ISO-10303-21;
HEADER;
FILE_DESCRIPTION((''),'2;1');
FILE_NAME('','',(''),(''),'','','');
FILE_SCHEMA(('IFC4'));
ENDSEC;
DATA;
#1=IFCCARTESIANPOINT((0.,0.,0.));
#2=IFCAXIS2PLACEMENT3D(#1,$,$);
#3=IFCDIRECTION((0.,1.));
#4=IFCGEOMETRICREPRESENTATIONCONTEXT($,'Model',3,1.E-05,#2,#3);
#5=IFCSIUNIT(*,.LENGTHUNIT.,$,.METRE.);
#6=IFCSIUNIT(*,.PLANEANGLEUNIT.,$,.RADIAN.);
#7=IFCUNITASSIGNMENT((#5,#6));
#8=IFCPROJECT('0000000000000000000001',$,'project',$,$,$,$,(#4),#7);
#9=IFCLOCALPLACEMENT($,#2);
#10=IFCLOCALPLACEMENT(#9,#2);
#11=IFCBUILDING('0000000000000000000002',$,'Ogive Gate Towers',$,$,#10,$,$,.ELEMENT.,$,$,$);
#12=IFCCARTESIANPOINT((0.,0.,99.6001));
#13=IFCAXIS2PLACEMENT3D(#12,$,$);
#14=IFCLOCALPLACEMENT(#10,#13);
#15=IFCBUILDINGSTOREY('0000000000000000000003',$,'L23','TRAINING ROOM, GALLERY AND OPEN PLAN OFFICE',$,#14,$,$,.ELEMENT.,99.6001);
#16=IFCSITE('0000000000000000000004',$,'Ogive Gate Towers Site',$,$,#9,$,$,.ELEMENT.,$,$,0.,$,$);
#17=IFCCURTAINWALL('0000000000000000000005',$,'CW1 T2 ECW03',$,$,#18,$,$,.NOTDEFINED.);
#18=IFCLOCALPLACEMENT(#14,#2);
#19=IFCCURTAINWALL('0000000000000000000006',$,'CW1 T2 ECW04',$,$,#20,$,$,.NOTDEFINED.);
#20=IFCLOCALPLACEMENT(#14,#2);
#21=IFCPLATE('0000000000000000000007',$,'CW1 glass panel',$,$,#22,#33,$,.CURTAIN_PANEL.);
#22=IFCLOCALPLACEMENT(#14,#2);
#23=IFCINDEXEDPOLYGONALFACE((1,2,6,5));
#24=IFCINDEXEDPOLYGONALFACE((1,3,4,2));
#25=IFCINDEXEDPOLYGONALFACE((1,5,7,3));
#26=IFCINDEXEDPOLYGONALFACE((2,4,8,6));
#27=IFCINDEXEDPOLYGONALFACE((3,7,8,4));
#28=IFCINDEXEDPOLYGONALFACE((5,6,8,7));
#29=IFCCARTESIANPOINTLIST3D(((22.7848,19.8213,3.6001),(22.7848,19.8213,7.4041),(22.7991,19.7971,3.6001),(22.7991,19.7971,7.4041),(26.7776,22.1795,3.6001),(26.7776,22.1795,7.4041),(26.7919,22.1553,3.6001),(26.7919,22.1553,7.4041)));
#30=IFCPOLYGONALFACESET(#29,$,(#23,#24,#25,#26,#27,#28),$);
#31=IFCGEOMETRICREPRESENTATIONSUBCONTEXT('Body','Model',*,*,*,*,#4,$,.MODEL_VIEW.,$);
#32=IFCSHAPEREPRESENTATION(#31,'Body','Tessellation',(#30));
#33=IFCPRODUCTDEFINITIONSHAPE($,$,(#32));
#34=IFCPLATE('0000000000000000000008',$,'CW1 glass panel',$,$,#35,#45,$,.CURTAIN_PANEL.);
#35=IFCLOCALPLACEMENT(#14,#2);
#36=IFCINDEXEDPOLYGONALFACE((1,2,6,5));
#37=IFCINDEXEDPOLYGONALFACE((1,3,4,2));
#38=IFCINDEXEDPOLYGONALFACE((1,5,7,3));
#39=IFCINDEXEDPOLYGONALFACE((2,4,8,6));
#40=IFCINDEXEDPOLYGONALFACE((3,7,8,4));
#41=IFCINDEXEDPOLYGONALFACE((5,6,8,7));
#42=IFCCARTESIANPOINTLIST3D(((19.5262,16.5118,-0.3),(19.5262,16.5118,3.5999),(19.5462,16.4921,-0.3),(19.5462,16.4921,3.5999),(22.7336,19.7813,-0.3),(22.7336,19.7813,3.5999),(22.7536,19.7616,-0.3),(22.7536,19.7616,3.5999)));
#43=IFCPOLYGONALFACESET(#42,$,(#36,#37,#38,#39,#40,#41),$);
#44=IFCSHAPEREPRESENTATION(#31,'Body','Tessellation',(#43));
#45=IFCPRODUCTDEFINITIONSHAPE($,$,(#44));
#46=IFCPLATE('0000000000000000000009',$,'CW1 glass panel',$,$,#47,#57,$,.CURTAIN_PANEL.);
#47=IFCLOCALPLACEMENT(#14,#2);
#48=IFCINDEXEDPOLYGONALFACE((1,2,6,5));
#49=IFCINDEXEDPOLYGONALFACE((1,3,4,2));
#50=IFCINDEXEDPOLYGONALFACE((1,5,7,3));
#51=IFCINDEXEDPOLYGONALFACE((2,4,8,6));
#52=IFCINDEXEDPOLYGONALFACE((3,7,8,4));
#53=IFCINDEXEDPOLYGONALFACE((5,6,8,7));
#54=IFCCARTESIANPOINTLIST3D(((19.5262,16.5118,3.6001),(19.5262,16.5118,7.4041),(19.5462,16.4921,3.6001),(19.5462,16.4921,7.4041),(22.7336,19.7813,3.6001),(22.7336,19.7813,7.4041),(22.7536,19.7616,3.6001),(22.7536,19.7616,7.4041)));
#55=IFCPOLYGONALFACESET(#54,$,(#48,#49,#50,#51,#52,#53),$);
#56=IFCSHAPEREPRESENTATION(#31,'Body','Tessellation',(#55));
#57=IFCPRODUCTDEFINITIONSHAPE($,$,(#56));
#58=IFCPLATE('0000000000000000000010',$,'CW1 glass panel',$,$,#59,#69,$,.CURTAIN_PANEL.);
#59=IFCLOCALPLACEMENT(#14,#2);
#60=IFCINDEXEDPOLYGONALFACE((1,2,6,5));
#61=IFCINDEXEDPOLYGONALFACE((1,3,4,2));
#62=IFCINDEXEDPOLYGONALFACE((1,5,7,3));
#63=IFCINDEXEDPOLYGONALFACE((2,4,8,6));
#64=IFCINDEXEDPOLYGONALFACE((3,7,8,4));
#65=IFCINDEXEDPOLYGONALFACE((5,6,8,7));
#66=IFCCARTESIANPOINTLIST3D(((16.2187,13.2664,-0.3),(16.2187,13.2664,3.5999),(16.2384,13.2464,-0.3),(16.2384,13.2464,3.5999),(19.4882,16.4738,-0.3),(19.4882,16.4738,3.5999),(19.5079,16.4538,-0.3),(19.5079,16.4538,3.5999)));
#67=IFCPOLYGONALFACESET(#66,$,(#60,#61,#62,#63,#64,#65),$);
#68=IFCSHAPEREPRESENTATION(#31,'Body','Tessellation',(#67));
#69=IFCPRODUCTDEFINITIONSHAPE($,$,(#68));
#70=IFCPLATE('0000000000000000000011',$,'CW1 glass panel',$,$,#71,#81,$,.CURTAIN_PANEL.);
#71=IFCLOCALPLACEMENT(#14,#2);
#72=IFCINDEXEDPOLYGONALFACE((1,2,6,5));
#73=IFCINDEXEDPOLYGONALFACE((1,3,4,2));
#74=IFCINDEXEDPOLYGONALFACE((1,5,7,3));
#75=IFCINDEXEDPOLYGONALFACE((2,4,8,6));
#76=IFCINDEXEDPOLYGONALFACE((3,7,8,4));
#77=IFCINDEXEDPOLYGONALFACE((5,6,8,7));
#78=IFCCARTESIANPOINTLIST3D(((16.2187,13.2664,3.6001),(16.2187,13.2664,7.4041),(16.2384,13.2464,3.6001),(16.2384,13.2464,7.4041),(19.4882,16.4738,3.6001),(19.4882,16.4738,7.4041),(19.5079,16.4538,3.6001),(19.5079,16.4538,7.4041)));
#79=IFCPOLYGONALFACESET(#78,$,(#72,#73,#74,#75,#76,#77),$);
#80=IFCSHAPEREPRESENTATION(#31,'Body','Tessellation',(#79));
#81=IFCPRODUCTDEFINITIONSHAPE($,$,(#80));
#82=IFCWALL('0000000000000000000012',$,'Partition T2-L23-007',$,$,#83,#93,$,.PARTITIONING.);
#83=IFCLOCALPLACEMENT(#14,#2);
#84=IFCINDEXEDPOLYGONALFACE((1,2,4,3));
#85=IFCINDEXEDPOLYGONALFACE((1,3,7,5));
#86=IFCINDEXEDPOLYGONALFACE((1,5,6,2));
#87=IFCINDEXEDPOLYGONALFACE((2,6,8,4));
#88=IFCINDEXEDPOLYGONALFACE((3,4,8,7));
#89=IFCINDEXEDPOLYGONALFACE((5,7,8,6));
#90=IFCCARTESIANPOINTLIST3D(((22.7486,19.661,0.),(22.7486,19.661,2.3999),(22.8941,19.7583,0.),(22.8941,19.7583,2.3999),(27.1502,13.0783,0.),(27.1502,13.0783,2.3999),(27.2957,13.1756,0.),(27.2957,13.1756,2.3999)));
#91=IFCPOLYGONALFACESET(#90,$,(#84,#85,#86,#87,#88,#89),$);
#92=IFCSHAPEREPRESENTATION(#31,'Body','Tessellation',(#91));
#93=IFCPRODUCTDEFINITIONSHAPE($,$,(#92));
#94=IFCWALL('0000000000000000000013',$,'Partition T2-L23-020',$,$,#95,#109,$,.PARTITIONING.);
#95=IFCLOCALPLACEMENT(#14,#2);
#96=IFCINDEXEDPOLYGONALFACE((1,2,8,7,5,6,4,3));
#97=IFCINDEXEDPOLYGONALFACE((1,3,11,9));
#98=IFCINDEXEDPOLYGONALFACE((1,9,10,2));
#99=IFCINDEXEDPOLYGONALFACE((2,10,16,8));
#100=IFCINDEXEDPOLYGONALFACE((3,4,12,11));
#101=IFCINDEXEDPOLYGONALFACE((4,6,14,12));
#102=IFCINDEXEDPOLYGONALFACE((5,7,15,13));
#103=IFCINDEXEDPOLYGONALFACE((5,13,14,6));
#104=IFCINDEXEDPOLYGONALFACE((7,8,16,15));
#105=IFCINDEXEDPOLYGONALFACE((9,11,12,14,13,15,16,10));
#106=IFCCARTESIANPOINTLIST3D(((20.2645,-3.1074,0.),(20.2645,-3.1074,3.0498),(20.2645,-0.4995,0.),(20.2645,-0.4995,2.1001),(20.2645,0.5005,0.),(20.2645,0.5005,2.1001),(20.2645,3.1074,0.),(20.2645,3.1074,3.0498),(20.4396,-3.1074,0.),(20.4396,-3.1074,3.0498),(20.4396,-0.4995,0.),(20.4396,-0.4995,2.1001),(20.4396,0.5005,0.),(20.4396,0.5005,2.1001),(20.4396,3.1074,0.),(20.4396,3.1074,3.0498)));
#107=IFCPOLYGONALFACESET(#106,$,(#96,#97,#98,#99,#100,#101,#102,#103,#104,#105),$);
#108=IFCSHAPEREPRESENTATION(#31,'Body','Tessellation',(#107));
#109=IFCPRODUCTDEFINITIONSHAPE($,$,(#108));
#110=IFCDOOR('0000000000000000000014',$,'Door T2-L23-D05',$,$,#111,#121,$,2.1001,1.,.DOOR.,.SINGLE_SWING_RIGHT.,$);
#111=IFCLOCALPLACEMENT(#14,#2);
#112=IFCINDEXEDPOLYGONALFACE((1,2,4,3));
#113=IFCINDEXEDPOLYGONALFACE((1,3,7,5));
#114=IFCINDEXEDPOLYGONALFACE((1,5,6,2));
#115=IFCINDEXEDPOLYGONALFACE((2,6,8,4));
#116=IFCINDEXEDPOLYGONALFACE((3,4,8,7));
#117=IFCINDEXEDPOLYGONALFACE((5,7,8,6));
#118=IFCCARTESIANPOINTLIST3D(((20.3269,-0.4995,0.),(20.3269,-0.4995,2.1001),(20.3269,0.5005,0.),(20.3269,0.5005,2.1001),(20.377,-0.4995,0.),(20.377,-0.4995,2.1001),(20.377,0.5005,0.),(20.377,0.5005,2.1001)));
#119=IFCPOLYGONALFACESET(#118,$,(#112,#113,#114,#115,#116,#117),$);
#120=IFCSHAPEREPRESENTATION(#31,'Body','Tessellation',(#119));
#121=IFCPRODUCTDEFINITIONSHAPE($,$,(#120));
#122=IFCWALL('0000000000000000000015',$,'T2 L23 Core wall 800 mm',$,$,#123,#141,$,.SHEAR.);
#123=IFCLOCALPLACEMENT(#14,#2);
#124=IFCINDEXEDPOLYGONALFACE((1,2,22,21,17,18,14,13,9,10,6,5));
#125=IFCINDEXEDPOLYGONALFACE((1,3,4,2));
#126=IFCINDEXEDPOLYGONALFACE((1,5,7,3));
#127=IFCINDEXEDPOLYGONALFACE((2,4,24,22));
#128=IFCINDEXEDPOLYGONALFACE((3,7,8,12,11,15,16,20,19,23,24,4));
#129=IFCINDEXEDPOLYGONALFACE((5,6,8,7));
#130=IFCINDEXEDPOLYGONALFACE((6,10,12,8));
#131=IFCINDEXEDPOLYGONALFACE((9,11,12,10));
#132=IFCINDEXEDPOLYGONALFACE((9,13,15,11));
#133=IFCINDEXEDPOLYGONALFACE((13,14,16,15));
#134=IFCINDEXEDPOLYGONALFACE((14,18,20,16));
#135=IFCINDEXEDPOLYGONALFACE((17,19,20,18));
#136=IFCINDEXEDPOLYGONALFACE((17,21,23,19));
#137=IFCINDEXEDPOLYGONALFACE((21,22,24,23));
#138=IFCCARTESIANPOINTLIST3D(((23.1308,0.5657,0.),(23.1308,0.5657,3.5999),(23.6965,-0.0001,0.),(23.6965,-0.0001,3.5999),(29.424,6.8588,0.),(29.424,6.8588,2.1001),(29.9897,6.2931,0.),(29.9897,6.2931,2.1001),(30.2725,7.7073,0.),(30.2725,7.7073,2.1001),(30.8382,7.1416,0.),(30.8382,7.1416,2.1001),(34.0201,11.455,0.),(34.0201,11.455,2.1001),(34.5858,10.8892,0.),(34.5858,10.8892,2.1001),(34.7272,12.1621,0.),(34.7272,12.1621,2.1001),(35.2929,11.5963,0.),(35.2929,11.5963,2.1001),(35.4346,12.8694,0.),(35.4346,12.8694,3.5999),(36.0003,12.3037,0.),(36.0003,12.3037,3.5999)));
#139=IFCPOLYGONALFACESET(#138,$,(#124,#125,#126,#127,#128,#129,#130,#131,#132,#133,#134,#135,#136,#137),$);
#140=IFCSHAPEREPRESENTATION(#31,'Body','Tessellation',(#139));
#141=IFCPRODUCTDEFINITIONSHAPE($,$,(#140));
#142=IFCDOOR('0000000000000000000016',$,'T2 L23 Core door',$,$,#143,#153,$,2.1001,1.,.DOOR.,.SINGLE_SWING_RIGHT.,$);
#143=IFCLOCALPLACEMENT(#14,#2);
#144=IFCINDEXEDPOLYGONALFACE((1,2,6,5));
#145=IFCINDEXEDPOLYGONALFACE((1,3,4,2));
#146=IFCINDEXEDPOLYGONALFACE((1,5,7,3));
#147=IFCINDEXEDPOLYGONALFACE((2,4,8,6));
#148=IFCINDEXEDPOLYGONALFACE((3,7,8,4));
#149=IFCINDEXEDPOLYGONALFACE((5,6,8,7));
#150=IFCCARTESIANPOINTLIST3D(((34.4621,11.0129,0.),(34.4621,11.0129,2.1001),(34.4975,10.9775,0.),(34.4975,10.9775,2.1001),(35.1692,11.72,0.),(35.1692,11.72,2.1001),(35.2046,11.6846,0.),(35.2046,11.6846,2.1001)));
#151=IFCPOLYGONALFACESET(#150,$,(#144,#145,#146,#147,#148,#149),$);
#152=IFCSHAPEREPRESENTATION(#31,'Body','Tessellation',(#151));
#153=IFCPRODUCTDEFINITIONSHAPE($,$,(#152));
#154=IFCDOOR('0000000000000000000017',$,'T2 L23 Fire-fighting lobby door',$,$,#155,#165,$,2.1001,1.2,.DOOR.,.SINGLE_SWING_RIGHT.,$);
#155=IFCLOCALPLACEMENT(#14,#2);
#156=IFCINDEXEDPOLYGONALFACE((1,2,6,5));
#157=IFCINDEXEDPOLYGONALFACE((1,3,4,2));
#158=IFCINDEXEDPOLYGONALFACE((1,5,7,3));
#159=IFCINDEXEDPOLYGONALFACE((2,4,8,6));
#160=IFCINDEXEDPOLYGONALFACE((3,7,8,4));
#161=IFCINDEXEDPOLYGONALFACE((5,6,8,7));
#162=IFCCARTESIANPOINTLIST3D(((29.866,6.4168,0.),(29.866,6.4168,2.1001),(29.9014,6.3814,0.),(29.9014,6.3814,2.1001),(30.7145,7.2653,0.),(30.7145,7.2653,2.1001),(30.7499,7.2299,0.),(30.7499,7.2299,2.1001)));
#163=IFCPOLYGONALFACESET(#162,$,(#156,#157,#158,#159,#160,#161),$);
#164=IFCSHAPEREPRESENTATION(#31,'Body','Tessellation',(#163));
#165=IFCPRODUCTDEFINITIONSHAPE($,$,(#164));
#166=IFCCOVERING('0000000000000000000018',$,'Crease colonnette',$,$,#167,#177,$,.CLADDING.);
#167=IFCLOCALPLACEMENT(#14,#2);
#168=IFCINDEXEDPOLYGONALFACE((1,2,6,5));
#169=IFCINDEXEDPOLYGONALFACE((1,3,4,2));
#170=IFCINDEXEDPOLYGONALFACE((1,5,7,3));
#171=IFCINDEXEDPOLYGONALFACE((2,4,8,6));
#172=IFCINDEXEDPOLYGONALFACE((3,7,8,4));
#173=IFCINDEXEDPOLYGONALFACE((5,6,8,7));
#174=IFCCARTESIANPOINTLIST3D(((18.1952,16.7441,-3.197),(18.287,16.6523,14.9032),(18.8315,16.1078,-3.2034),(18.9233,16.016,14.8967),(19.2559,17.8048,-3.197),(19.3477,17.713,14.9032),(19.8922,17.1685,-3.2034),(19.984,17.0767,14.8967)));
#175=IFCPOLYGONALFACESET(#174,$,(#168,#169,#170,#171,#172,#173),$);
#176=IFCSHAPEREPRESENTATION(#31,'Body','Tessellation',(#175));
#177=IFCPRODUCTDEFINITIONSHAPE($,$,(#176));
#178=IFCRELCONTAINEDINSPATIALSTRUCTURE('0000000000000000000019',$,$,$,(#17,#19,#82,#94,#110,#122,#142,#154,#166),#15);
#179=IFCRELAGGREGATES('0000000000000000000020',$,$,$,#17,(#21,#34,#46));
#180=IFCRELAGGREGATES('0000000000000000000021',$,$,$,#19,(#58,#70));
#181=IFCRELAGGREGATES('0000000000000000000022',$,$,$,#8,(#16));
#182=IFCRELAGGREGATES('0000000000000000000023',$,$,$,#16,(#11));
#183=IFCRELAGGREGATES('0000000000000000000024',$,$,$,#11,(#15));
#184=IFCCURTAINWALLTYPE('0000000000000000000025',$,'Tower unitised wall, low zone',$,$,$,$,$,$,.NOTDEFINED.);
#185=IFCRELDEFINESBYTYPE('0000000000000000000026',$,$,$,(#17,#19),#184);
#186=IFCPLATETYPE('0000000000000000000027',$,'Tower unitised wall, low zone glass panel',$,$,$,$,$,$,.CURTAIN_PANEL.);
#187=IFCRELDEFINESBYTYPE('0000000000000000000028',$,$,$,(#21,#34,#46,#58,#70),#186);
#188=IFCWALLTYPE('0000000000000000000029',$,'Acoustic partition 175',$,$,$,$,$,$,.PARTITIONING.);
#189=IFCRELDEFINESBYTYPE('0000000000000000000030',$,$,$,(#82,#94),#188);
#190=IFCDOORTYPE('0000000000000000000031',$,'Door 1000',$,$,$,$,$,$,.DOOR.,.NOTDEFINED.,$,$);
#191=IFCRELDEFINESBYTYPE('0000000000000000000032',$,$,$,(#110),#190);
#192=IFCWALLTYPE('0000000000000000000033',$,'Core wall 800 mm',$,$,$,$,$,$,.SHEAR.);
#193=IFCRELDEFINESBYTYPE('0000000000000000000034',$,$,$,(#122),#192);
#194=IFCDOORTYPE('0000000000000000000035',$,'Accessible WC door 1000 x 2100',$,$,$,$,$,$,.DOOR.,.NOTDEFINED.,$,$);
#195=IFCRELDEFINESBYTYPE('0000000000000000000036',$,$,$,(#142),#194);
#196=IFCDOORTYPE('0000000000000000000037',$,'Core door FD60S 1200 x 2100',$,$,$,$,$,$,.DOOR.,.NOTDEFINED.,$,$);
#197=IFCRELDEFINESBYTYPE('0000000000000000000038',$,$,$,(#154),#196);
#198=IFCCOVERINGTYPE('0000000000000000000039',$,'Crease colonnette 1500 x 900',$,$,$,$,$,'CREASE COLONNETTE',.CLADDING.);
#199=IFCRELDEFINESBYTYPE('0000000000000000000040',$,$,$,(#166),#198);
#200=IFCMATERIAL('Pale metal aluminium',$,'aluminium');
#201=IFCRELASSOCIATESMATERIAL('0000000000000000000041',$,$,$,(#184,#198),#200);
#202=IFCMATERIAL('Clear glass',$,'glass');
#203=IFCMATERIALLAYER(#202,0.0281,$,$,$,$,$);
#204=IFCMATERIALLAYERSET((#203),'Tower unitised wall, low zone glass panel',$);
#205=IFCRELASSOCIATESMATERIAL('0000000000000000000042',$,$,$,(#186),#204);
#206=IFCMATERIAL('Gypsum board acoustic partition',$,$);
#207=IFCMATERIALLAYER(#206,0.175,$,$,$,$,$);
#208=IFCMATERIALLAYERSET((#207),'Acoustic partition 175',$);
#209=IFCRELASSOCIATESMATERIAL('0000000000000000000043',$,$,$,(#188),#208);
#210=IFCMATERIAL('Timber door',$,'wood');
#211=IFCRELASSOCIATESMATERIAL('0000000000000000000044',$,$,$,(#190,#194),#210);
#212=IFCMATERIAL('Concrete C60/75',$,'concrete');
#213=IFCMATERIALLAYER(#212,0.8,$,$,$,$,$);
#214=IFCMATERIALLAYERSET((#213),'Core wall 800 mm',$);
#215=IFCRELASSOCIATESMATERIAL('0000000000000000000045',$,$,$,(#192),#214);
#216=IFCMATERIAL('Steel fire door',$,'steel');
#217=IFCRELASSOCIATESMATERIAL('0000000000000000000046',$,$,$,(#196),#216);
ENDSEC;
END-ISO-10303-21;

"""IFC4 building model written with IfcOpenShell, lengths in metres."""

from ifc_helpers import new_model, si_unit, direction, frame, frame_2d, origin, origin_2d, place, context, subcontext, project, spatial, rectangle, extrude, material, layer, layer_set, material_profile, profile_set, type_object, element, fill, aggregate, save


model = new_model("IFC4")

# Units and contexts
model_context = context("Model", 3, precision=1e-05, world=origin(), true_north=direction((0.0, 1.0)))
body_context = subcontext(model_context, "Body", "Model", "MODEL_VIEW")
ifc_project = project(units=[si_unit("LENGTHUNIT", "METRE"), si_unit("PLANEANGLEUNIT", "RADIAN")], contexts=[model_context])

# Site, building, storey
site_placement = place(None, origin())
site = spatial("IfcSite", under=ifc_project, at=site_placement, Name="Ogive Gate Towers Site", CompositionType="ELEMENT", RefElevation=0.0)
building_placement = place(site_placement, origin())
building = spatial("IfcBuilding", under=site, at=building_placement, Name="Ogive Gate Towers", CompositionType="ELEMENT")
storey_placement = place(building_placement, frame((0.0, 0.0, 99.6001)))
storey = spatial("IfcBuildingStorey", under=building, at=storey_placement, Name="L23", Description="TRAINING ROOM, GALLERY AND OPEN PLAN OFFICE", CompositionType="ELEMENT", Elevation=99.6001)

# Curtain wall
ifc_material_1 = material(Name="Pale metal aluminium", Category="aluminium")
curtain_wall_type = type_object("IfcCurtainWallType", Name="Tower unitised wall, low zone", PredefinedType="NOTDEFINED", material=ifc_material_1)
curtain_wall_1_placement = place(storey_placement, origin())
curtain_wall_1 = element("IfcCurtainWall", 1, at=curtain_wall_1_placement, inside=storey, type_object=curtain_wall_type, Name="CW1 T2 ECW03", PredefinedType="NOTDEFINED")

# Curtain wall
curtain_wall_2_placement = place(storey_placement, origin())
curtain_wall_2 = element("IfcCurtainWall", 2, at=curtain_wall_2_placement, inside=storey, type_object=curtain_wall_type, Name="CW1 T2 ECW04", PredefinedType="NOTDEFINED")

# Plates
ifc_material_2 = material(Name="Clear glass", Category="glass")
ifc_layer_1 = layer(ifc_material_2, 0.0281)
ifc_layer_set_1 = layer_set([ifc_layer_1], Name="Tower unitised wall, low zone glass panel")
plate_type = type_object("IfcPlateType", Name="Tower unitised wall, low zone glass panel", PredefinedType="CURTAIN_PANEL", material=ifc_layer_set_1)
plate_1_placement = place(storey_placement, frame((24.7883, 20.9883, 3.6001), z_axis=(0.0, 0.0, 1.0), x_axis=(-0.861035, -0.508546, 0.0)))
plate_1 = element("IfcPlate", 3, at=plate_1_placement, type_object=plate_type, Name="CW1 glass panel", PredefinedType="CURTAIN_PANEL", context=body_context, shape_type="SweptSolid", body=[
    extrude(rectangle(XDim=4.6372, YDim=0.0281, at=origin_2d()), origin(), (0.0, 0.0, 1.0), 3.804),
])
plate_2_placement = place(storey_placement, frame((21.1399, 18.1367, -0.3), z_axis=(0.0, 0.0, 1.0), x_axis=(-0.700299, -0.71385, 0.0)))
plate_2 = element("IfcPlate", 4, at=plate_2_placement, type_object=plate_type, Name="CW1 glass panel", PredefinedType="CURTAIN_PANEL", context=body_context, shape_type="SweptSolid", body=[
    extrude(rectangle(XDim=4.5801, YDim=0.0281, at=origin_2d()), origin(), (0.0, 0.0, 1.0), 3.8999),
])
plate_3_placement = place(storey_placement, frame((21.1399, 18.1367, 3.6001), z_axis=(0.0, 0.0, 1.0), x_axis=(-0.700299, -0.71385, 0.0)))
plate_3 = element("IfcPlate", 5, at=plate_3_placement, type_object=plate_type, Name="CW1 glass panel", PredefinedType="CURTAIN_PANEL", context=body_context, shape_type="SweptSolid", body=[
    extrude(rectangle(XDim=4.5801, YDim=0.0281, at=origin_2d()), origin(), (0.0, 0.0, 1.0), 3.804),
])
aggregate(curtain_wall_1, [plate_1, plate_2, plate_3])
plate_4_placement = place(storey_placement, frame((17.8633, 14.8601, -0.3), z_axis=(0.0, 0.0, 1.0), x_axis=(-0.71385, -0.700299, 0.0)))
plate_4 = element("IfcPlate", 6, at=plate_4_placement, type_object=plate_type, Name="CW1 glass panel", PredefinedType="CURTAIN_PANEL", context=body_context, shape_type="SweptSolid", body=[
    extrude(rectangle(XDim=4.5801, YDim=0.0281, at=origin_2d()), origin(), (0.0, 0.0, 1.0), 3.8999),
])
plate_5_placement = place(storey_placement, frame((17.8633, 14.8601, 3.6001), z_axis=(0.0, 0.0, 1.0), x_axis=(-0.71385, -0.700299, 0.0)))
plate_5 = element("IfcPlate", 7, at=plate_5_placement, type_object=plate_type, Name="CW1 glass panel", PredefinedType="CURTAIN_PANEL", context=body_context, shape_type="SweptSolid", body=[
    extrude(rectangle(XDim=4.5801, YDim=0.0281, at=origin_2d()), origin(), (0.0, 0.0, 1.0), 3.804),
])
aggregate(curtain_wall_2, [plate_4, plate_5])

# Wall
ifc_material_3 = material(Name="Gypsum board acoustic partition")
ifc_layer_2 = layer(ifc_material_3, 0.175)
ifc_layer_set_2 = layer_set([ifc_layer_2], Name="Acoustic partition 175")
wall_type_1 = type_object("IfcWallType", Name="Acoustic partition 175", PredefinedType="PARTITIONING", material=ifc_layer_set_2)
wall_1_placement = place(storey_placement, frame((22.8213, 19.7097, 0.0), z_axis=(0.0, 0.0, 1.0), x_axis=(0.555845, -0.831286, 0.0)))
element("IfcWall", 8, at=wall_1_placement, inside=storey, type_object=wall_type_1, Name="Partition T2-L23-007", PredefinedType="PARTITIONING", context=body_context, shape_type="SweptSolid", body=[
    extrude(rectangle(XDim=7.9187, YDim=0.175, at=frame_2d((3.9595, 0.0))), origin(), (0.0, 0.0, 1.0), 2.3999),
])

# Wall, opening, door
wall_2_placement = place(storey_placement, frame((20.3521, 3.1074, 0.0), z_axis=(0.0, 0.0, 1.0), x_axis=(0.0, -1.0, 0.0)))
wall_2 = element("IfcWall", 9, at=wall_2_placement, inside=storey, type_object=wall_type_1, Name="Partition T2-L23-020", PredefinedType="PARTITIONING", context=body_context, shape_type="SweptSolid", body=[
    extrude(rectangle(XDim=6.2148, YDim=0.175, at=frame_2d((3.1074, 0.0))), origin(), (0.0, 0.0, 1.0), 3.0498),
])
opening_1_placement = place(wall_2_placement, frame((2.6069, 0.0, 0.0)))
opening_1 = element("IfcOpeningElement", 10, at=opening_1_placement, cuts=wall_2, PredefinedType="OPENING", context=body_context, shape_type="SweptSolid", body=[
    extrude(rectangle(XDim=1.0, YDim=2.1001, at=frame_2d((0.5, 1.05))), frame((0.0, 0.0977, 0.0), z_axis=(0.0, -1.0, 0.0), x_axis=(1.0, 0.0, 0.0)), (0.0, 0.0, 1.0), 0.1951),
])
ifc_material_4 = material(Name="Timber door", Category="wood")
door_type_1 = type_object("IfcDoorType", Name="Door 1000", OperationType="NOTDEFINED", PredefinedType="DOOR", material=ifc_material_4)
door_1_placement = place(opening_1_placement, origin())
door_1 = element("IfcDoor", 11, at=door_1_placement, inside=storey, type_object=door_type_1, Name="Door T2-L23-D05", OperationType="SINGLE_SWING_RIGHT", OverallHeight=2.1001, OverallWidth=1.0, PredefinedType="DOOR", context=body_context, shape_type="SweptSolid", body=[
    extrude(rectangle(XDim=1.0, YDim=2.1001, at=frame_2d((0.5, 1.05))), frame((0.0, 0.0249, 0.0), z_axis=(0.0, -1.0, 0.0), x_axis=(1.0, 0.0, 0.0)), (0.0, 0.0, 1.0), 0.05),
])
fill(opening_1, door_1)

# Wall, openings, doors
ifc_material_5 = material(Name="Concrete C60/75", Category="concrete")
ifc_layer_3 = layer(ifc_material_5, 0.8)
ifc_layer_set_3 = layer_set([ifc_layer_3], Name="Core wall 800 mm")
wall_type_2 = type_object("IfcWallType", Name="Core wall 800 mm", PredefinedType="SHEAR", material=ifc_layer_set_3)
wall_3_placement = place(storey_placement, frame((23.4136, 0.2827, 0.0), z_axis=(0.0, 0.0, 1.0), x_axis=(0.707107, 0.707107, 0.0)))
wall_3 = element("IfcWall", 12, at=wall_3_placement, inside=storey, type_object=wall_type_2, Name="T2 L23 Core wall 800 mm", PredefinedType="SHEAR", context=body_context, shape_type="SweptSolid", body=[
    extrude(rectangle(XDim=17.4001, YDim=0.8, at=frame_2d((8.7002, 0.0))), origin(), (0.0, 0.0, 1.0), 3.5999),
])
opening_2_placement = place(wall_3_placement, frame((8.8999, 0.0, 0.0)))
opening_2 = element("IfcOpeningElement", 13, at=opening_2_placement, cuts=wall_3, PredefinedType="OPENING", context=body_context, shape_type="SweptSolid", body=[
    extrude(rectangle(XDim=1.2, YDim=2.1001, at=frame_2d((0.6001, 1.05))), frame((0.0, 0.4102, 0.0), z_axis=(0.0, -1.0, 0.0), x_axis=(1.0, 0.0, 0.0)), (0.0, 0.0, 1.0), 0.8201),
])
opening_3_placement = place(wall_3_placement, frame((15.3999, 0.0, 0.0)))
opening_3 = element("IfcOpeningElement", 14, at=opening_3_placement, cuts=wall_3, PredefinedType="OPENING", context=body_context, shape_type="SweptSolid", body=[
    extrude(rectangle(XDim=1.0, YDim=2.1001, at=frame_2d((0.5, 1.05))), frame((0.0, 0.4102, 0.0), z_axis=(0.0, -1.0, 0.0), x_axis=(1.0, 0.0, 0.0)), (0.0, 0.0, 1.0), 0.8201),
])
door_type_2 = type_object("IfcDoorType", Name="Accessible WC door 1000 x 2100", OperationType="NOTDEFINED", PredefinedType="DOOR", material=ifc_material_4)
door_2_placement = place(opening_3_placement, origin())
door_2 = element("IfcDoor", 15, at=door_2_placement, inside=storey, type_object=door_type_2, Name="T2 L23 Core door", OperationType="SINGLE_SWING_RIGHT", OverallHeight=2.1001, OverallWidth=1.0, PredefinedType="DOOR", context=body_context, shape_type="SweptSolid", body=[
    extrude(rectangle(XDim=1.0, YDim=2.1001, at=frame_2d((0.5, 1.05))), frame((0.0, -0.2251, 0.0), z_axis=(0.0, -1.0, 0.0), x_axis=(1.0, 0.0, 0.0)), (0.0, 0.0, 1.0), 0.05),
])
fill(opening_3, door_2)
ifc_material_6 = material(Name="Steel fire door", Category="steel")
door_type_3 = type_object("IfcDoorType", Name="Core door FD60S 1200 x 2100", OperationType="NOTDEFINED", PredefinedType="DOOR", material=ifc_material_6)
door_3_placement = place(opening_2_placement, origin())
door_3 = element("IfcDoor", 16, at=door_3_placement, inside=storey, type_object=door_type_3, Name="T2 L23 Fire-fighting lobby door", OperationType="SINGLE_SWING_RIGHT", OverallHeight=2.1001, OverallWidth=1.2, PredefinedType="DOOR", context=body_context, shape_type="SweptSolid", body=[
    extrude(rectangle(XDim=1.2, YDim=2.1001, at=frame_2d((0.6001, 1.05))), frame((0.0, -0.2251, 0.0), z_axis=(0.0, -1.0, 0.0), x_axis=(1.0, 0.0, 0.0)), (0.0, 0.0, 1.0), 0.05),
])
fill(opening_2, door_3)

# Covering
ifc_material_profile_1 = material_profile(ifc_material_1, rectangle(XDim=1.5, YDim=0.8999, at=origin_2d()), Name="1500 x 900 pale metal aluminium")
ifc_profile_set_1 = profile_set([ifc_material_profile_1], Name="Pale metal aluminium")
covering_type_1 = type_object("IfcCoveringType", Name="Crease colonnette 1500 x 900", ElementType="CREASE COLONNETTE", PredefinedType="CLADDING", material=ifc_profile_set_1)
covering_1_placement = place(storey_placement, frame((19.0437, 16.9563, -3.2002), z_axis=(0.005071, -0.005071, 0.999974), x_axis=(0.707107, 0.707107, 0.0)))
element("IfcCovering", 17, at=covering_1_placement, inside=storey, type_object=covering_type_1, Name="Crease colonnette", PredefinedType="CLADDING", context=body_context, shape_type="SweptSolid", body=[
    extrude(rectangle(XDim=1.5, YDim=0.8999, at=origin_2d()), origin(), (0.0, 0.0, 1.0), 18.1006),
])

save(model, "model.ifc")
